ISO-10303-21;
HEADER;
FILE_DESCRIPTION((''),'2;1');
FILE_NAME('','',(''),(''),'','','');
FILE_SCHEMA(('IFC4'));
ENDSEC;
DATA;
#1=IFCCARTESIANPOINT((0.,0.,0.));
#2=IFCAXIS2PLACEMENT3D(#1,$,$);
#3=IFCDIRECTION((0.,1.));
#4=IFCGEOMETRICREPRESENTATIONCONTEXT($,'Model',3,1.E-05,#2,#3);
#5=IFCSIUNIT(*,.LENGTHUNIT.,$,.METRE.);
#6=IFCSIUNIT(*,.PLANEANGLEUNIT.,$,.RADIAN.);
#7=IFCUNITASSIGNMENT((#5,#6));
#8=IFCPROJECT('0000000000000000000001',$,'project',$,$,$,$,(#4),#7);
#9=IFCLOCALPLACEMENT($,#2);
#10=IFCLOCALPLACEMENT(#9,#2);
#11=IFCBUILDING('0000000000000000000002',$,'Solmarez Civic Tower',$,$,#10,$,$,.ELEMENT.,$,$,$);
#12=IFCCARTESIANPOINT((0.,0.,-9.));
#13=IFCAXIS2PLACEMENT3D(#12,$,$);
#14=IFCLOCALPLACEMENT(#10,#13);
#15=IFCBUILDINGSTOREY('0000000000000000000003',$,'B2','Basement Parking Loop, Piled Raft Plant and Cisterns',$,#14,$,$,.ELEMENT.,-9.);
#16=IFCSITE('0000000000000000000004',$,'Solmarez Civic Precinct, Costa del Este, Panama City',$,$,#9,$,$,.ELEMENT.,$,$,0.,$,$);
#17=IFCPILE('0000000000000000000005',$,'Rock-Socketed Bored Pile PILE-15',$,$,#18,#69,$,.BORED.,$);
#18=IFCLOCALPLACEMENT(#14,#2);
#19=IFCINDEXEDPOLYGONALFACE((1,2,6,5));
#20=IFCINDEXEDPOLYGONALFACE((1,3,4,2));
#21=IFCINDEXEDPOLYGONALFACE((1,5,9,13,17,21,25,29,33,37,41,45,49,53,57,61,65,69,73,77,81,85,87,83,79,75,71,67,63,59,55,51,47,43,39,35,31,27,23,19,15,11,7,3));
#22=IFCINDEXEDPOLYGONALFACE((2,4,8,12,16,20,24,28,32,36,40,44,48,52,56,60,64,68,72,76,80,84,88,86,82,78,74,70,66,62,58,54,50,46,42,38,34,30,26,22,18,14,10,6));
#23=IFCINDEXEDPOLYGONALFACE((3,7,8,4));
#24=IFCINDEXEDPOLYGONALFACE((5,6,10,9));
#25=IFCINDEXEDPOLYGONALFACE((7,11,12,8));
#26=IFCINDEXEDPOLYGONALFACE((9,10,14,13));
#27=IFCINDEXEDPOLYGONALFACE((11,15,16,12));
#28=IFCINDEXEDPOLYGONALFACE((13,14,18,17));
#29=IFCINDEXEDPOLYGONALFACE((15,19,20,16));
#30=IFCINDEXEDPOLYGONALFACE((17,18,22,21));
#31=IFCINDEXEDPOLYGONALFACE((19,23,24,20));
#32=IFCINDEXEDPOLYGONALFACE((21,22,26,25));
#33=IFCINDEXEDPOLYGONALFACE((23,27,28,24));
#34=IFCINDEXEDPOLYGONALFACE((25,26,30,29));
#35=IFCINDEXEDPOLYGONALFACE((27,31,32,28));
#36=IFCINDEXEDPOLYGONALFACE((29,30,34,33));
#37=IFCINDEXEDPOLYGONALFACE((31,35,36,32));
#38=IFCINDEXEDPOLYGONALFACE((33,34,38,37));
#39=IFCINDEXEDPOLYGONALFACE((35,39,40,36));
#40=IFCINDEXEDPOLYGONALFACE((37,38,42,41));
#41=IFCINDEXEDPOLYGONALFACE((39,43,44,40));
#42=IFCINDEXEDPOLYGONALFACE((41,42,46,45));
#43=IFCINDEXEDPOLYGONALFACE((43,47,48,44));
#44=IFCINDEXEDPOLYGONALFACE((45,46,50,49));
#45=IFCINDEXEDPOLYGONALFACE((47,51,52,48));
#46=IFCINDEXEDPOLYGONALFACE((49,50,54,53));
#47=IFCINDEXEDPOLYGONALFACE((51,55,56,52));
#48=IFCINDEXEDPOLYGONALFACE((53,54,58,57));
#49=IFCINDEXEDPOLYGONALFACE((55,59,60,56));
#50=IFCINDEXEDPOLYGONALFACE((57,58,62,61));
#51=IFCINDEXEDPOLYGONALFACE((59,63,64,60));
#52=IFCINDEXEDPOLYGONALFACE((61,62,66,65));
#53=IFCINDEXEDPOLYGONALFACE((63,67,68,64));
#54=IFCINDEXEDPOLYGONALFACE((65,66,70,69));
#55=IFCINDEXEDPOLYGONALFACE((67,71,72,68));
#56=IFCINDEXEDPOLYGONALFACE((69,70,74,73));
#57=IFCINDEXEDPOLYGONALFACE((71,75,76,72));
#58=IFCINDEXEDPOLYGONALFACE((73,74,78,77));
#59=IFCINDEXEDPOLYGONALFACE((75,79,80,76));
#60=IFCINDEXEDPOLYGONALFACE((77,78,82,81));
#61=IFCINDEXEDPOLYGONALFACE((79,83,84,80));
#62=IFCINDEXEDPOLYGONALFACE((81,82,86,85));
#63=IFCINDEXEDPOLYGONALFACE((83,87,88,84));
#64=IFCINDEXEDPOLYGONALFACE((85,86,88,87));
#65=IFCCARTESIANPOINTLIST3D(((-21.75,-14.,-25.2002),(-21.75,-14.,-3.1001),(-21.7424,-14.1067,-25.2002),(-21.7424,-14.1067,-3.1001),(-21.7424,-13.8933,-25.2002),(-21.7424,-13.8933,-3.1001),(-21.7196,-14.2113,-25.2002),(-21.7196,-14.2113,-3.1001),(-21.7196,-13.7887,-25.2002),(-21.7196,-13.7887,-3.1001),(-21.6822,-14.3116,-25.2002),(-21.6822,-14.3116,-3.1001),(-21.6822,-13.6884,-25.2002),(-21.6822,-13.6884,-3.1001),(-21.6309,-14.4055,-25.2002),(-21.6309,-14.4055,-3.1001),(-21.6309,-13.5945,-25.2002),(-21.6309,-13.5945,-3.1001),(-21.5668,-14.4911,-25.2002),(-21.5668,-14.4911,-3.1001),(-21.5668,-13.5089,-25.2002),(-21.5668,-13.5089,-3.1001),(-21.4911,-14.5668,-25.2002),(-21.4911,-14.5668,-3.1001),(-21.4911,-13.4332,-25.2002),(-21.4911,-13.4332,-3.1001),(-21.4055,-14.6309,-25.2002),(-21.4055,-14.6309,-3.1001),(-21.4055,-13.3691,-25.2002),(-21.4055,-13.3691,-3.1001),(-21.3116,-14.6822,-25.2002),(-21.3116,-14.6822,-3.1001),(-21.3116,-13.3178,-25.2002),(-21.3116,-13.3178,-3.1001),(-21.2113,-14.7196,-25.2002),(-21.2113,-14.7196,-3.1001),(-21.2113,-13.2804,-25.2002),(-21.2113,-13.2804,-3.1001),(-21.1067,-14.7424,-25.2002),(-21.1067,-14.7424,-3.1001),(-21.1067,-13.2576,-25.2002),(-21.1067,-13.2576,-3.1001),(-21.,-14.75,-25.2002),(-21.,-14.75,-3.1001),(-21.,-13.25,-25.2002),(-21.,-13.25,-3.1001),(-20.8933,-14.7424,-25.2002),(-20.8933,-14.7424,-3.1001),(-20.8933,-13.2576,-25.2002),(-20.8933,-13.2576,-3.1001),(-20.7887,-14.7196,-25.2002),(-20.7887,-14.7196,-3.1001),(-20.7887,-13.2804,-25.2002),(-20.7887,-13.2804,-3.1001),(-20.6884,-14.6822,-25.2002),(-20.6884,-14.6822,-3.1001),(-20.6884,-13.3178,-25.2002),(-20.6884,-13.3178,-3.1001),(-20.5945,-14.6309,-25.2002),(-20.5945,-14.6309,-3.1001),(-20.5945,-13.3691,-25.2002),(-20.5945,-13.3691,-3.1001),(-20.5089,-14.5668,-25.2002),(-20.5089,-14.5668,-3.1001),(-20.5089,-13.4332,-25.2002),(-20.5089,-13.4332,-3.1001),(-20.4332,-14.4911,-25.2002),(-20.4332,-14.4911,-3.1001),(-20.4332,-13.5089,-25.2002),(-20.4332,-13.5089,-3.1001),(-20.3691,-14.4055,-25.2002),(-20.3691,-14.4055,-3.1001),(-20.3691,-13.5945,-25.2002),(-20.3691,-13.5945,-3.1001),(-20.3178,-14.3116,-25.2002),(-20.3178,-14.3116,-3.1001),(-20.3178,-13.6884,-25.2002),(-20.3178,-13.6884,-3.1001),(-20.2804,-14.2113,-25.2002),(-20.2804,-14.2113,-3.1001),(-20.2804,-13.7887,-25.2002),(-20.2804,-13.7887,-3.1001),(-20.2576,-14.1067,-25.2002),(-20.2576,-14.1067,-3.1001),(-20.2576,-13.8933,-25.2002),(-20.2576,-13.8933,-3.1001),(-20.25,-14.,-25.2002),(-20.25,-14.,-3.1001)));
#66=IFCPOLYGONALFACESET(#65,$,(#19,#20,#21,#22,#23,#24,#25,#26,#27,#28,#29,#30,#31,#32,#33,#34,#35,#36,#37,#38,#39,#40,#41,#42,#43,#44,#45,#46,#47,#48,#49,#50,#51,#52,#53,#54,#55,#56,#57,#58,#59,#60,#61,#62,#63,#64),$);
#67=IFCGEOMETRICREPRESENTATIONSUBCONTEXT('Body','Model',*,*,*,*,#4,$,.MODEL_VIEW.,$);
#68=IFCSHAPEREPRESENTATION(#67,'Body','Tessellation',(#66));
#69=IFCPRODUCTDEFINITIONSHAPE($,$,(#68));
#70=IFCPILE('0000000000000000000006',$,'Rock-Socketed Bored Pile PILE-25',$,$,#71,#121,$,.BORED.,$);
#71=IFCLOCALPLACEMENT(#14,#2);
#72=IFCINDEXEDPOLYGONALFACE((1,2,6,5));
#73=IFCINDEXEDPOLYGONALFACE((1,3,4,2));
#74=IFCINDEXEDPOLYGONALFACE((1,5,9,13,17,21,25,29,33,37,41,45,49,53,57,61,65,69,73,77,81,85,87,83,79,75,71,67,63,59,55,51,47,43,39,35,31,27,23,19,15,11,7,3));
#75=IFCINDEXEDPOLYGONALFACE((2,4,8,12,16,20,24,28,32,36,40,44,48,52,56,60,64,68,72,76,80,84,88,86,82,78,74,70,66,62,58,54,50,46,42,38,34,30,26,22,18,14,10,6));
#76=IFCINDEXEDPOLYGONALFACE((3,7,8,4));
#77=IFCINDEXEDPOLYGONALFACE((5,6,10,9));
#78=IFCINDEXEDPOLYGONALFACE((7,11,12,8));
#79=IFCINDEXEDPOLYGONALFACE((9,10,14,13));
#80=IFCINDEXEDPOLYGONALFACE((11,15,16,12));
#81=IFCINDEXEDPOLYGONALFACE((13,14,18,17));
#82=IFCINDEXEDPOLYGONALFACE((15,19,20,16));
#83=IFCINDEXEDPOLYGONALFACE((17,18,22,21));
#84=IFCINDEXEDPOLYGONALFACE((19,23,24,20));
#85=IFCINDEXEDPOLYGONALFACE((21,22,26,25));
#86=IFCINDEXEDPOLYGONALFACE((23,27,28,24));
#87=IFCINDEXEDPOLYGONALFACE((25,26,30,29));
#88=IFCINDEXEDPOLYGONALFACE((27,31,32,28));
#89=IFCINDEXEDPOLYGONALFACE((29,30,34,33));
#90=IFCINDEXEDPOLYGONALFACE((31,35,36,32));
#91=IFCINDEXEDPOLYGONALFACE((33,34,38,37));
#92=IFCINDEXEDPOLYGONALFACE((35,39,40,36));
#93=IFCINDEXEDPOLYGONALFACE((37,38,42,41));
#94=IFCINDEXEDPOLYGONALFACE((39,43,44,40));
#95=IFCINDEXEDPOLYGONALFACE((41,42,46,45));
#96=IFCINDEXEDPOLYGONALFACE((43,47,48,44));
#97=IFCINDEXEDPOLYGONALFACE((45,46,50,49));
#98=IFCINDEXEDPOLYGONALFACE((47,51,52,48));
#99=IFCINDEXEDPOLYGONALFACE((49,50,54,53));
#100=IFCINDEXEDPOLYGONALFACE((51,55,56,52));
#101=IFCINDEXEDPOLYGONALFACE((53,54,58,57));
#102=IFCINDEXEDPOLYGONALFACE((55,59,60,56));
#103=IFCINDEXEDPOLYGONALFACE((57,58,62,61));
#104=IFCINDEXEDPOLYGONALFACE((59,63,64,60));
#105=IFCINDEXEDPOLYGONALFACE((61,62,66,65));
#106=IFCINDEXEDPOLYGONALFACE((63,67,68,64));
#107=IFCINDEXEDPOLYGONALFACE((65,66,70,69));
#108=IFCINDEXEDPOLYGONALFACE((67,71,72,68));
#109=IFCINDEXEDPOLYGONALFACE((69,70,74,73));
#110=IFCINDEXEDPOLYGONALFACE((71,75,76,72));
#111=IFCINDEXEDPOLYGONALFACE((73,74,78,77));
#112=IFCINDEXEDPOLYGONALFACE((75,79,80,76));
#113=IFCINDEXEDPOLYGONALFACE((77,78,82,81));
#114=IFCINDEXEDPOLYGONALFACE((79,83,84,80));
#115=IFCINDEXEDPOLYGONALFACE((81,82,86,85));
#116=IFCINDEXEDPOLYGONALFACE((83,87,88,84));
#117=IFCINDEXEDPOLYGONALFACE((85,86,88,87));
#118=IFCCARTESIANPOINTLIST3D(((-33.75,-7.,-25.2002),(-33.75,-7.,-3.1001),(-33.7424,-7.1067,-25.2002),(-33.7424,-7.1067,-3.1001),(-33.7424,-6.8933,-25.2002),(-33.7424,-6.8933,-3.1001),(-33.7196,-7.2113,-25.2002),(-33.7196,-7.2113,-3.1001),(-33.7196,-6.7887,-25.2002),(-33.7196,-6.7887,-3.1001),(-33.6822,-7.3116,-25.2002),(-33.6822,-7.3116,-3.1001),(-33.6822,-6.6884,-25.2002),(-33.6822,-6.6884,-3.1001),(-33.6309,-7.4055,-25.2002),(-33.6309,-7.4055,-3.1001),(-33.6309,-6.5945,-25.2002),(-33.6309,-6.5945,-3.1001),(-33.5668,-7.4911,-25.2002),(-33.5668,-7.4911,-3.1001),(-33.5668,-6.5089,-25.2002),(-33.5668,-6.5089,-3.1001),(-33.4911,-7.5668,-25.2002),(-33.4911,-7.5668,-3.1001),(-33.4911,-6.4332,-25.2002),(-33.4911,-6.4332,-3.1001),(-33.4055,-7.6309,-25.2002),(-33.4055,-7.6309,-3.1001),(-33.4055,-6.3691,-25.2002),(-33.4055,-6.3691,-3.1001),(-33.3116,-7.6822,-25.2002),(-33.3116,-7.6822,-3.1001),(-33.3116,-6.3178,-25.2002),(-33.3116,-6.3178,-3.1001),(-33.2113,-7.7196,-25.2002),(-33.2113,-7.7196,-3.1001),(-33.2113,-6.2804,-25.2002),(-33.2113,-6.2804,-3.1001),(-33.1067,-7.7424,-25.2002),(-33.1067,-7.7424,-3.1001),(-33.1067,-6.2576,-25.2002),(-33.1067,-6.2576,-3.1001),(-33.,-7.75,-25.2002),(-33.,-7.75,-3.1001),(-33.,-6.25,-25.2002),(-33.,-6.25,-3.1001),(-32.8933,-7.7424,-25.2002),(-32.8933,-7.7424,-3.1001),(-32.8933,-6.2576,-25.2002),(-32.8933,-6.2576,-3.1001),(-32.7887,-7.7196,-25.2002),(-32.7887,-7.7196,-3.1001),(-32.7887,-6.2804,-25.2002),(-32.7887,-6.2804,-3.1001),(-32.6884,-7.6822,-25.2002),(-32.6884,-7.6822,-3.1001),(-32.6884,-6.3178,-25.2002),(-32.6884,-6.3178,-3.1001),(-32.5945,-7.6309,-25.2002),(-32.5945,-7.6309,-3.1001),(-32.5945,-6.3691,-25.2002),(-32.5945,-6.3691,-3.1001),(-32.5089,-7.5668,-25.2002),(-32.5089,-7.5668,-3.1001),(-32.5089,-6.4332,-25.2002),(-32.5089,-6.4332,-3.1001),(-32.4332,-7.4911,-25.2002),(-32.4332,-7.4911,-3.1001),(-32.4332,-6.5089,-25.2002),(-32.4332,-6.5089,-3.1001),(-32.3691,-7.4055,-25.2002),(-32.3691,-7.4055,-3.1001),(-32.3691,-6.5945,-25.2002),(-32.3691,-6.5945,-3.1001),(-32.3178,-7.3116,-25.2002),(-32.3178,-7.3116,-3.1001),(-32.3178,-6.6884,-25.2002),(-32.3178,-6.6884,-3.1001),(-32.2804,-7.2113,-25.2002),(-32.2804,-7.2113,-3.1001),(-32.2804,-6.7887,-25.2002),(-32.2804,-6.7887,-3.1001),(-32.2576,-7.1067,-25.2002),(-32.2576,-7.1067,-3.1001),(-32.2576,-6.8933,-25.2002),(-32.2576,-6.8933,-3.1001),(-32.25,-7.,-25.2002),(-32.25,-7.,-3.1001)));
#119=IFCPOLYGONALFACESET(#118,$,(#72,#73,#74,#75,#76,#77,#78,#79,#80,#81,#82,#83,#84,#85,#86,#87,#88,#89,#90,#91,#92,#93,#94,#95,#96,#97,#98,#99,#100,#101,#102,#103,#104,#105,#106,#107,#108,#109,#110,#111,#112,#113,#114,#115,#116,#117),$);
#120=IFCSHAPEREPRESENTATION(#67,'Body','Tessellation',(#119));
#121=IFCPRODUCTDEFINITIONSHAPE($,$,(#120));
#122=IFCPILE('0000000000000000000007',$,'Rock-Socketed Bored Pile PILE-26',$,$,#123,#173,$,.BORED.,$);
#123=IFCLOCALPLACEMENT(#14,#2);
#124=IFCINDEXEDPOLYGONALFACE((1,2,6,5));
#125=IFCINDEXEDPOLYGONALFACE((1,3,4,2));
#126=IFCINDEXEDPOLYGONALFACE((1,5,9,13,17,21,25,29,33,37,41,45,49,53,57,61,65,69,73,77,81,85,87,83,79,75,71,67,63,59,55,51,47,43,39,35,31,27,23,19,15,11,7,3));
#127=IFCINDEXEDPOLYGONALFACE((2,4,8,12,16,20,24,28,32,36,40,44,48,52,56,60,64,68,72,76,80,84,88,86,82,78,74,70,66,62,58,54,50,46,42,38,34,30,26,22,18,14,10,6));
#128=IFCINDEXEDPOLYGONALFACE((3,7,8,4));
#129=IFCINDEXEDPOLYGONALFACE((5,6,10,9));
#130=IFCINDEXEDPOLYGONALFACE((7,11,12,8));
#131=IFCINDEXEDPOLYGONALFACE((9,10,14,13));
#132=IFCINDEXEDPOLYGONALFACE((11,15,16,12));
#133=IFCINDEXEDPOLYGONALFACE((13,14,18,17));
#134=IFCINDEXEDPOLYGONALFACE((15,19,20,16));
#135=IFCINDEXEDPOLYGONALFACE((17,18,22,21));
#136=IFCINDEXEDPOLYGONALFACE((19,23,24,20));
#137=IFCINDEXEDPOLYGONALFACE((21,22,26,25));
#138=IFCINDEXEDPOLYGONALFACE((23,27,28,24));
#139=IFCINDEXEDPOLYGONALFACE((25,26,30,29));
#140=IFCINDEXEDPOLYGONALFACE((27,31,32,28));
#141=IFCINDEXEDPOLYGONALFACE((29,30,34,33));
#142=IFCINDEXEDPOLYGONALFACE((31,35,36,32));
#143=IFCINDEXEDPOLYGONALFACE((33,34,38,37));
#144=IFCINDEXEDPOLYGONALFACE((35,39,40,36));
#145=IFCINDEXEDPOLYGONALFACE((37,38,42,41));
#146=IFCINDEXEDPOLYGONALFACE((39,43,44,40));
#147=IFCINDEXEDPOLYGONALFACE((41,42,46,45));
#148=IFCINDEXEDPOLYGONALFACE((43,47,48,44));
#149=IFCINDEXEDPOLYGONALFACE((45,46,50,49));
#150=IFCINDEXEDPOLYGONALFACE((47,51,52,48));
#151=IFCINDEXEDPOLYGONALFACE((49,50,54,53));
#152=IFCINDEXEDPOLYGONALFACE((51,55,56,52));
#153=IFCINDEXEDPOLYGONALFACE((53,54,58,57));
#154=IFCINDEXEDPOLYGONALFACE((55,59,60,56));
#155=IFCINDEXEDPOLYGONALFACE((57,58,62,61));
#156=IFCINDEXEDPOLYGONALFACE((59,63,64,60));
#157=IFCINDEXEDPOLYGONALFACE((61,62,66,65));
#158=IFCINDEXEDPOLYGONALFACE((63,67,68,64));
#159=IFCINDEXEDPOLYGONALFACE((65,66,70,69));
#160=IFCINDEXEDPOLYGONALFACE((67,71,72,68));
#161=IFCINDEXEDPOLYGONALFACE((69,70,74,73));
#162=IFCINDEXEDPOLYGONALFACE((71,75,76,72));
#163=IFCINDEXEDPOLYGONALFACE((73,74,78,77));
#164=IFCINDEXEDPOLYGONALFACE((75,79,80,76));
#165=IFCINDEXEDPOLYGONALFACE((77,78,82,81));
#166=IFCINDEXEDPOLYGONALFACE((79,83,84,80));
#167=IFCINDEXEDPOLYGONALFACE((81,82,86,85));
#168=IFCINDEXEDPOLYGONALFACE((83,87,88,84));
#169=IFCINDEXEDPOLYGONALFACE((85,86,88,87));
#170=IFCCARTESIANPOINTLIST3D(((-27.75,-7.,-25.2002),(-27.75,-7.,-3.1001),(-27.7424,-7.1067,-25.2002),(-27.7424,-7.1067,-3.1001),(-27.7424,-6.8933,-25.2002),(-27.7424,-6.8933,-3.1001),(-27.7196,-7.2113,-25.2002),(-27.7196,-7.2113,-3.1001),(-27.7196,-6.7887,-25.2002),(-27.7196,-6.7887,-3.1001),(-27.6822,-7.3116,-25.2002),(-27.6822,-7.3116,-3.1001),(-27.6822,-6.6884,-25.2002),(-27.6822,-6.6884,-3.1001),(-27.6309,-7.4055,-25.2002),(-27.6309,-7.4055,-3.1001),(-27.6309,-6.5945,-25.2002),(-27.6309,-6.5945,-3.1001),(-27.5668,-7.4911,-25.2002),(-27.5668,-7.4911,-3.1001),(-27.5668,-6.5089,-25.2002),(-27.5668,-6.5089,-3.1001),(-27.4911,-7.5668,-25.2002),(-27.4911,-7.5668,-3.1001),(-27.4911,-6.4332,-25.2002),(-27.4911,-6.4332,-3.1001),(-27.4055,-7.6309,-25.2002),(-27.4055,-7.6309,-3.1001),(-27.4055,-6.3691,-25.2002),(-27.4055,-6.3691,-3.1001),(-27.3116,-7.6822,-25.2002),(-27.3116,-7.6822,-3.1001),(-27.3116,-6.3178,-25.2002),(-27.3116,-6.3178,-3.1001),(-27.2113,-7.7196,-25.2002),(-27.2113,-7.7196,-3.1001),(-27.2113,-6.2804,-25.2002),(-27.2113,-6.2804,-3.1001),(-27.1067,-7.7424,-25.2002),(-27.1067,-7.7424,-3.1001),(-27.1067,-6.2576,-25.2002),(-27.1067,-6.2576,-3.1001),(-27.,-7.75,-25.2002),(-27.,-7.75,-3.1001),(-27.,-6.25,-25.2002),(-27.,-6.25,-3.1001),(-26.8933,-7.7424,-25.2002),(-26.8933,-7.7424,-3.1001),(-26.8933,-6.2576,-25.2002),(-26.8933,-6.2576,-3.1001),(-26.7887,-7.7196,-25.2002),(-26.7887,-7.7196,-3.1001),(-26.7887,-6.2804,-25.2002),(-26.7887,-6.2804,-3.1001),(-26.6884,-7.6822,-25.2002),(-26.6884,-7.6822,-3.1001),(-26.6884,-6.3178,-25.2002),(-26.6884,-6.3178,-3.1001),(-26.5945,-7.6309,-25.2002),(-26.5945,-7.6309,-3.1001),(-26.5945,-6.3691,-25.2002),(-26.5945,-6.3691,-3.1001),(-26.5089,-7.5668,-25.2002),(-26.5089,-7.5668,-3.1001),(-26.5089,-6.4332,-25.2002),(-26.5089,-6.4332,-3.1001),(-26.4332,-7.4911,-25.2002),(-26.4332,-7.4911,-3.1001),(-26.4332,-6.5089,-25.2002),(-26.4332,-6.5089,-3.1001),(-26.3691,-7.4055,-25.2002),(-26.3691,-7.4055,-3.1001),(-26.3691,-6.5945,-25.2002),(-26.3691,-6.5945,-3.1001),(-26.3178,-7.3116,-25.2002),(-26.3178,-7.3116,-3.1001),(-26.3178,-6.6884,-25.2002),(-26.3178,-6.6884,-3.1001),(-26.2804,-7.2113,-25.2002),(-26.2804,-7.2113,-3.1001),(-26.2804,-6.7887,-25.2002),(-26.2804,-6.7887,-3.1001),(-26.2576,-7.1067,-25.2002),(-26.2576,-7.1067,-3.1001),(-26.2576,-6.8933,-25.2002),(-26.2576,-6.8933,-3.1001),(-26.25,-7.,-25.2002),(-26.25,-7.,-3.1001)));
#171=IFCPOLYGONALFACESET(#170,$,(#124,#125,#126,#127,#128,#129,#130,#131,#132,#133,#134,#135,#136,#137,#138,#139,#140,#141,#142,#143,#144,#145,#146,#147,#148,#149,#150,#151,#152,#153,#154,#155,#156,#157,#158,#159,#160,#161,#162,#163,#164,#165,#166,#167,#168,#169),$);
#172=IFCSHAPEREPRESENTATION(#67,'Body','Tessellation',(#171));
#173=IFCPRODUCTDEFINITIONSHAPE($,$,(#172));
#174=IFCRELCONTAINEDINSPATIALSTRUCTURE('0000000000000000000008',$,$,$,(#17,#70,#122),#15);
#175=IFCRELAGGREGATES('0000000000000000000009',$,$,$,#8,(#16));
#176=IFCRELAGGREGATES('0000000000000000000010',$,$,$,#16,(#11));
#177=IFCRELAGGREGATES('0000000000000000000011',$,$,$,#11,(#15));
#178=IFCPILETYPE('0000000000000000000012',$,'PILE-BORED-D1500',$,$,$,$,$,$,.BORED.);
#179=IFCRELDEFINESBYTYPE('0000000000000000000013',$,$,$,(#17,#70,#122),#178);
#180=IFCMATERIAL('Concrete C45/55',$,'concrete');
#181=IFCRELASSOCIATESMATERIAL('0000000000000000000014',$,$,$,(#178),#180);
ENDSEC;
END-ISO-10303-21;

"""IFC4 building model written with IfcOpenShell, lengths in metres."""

from ifc_helpers import new_model, si_unit, direction, frame, origin, origin_2d, place, context, subcontext, project, spatial, circle, extrude, material, material_profile, profile_set, type_object, element, save


model = new_model("IFC4")

# Units and contexts
model_context = context("Model", 3, precision=1e-05, world=origin(), true_north=direction((0.0, 1.0)))
body_context = subcontext(model_context, "Body", "Model", "MODEL_VIEW")
ifc_project = project(units=[si_unit("LENGTHUNIT", "METRE"), si_unit("PLANEANGLEUNIT", "RADIAN")], contexts=[model_context])

# Site, building, storey
site_placement = place(None, origin())
site = spatial("IfcSite", under=ifc_project, at=site_placement, Name="Solmarez Civic Precinct, Costa del Este, Panama City", CompositionType="ELEMENT", RefElevation=0.0)
building_placement = place(site_placement, origin())
building = spatial("IfcBuilding", under=site, at=building_placement, Name="Solmarez Civic Tower", CompositionType="ELEMENT")
storey_placement = place(building_placement, frame((0.0, 0.0, -9.0)))
storey = spatial("IfcBuildingStorey", under=building, at=storey_placement, Name="B2", Description="Basement Parking Loop, Piled Raft Plant and Cisterns", CompositionType="ELEMENT", Elevation=-9.0)

# Piles
ifc_material_1 = material(Name="Concrete C45/55", Category="concrete")
ifc_material_profile_1 = material_profile(ifc_material_1, circle(Radius=0.75, at=origin_2d()), Name="PILE-D1500")
ifc_profile_set_1 = profile_set([ifc_material_profile_1], Name="Concrete C45/55")
pile_type = type_object("IfcPileType", Name="PILE-BORED-D1500", PredefinedType="BORED", material=ifc_profile_set_1)
for number, where, z_axis, x_axis, name in (
    (1, (-21.0, -14.0, -3.1001), (0.0, 0.0, -1.0), (1.0, 0.0, 0.0), "Rock-Socketed Bored Pile PILE-15"),
    (2, (-33.0, -7.0, -3.1001), (0.0, 0.0, -1.0), (1.0, 0.0, 0.0), "Rock-Socketed Bored Pile PILE-25"),
    (3, (-27.0, -7.0, -3.1001), (0.0, 0.0, -1.0), (1.0, 0.0, 0.0), "Rock-Socketed Bored Pile PILE-26"),
):
    element("IfcPile", number, at=place(storey_placement, frame(where, z_axis=z_axis, x_axis=x_axis)), inside=storey, type_object=pile_type, Name=name, PredefinedType="BORED", context=body_context, shape_type="SweptSolid", body=[
        extrude(circle(Radius=0.75, at=origin_2d()), origin(), (0.0, 0.0, 1.0), 22.1001),
    ])

save(model, "model.ifc")
